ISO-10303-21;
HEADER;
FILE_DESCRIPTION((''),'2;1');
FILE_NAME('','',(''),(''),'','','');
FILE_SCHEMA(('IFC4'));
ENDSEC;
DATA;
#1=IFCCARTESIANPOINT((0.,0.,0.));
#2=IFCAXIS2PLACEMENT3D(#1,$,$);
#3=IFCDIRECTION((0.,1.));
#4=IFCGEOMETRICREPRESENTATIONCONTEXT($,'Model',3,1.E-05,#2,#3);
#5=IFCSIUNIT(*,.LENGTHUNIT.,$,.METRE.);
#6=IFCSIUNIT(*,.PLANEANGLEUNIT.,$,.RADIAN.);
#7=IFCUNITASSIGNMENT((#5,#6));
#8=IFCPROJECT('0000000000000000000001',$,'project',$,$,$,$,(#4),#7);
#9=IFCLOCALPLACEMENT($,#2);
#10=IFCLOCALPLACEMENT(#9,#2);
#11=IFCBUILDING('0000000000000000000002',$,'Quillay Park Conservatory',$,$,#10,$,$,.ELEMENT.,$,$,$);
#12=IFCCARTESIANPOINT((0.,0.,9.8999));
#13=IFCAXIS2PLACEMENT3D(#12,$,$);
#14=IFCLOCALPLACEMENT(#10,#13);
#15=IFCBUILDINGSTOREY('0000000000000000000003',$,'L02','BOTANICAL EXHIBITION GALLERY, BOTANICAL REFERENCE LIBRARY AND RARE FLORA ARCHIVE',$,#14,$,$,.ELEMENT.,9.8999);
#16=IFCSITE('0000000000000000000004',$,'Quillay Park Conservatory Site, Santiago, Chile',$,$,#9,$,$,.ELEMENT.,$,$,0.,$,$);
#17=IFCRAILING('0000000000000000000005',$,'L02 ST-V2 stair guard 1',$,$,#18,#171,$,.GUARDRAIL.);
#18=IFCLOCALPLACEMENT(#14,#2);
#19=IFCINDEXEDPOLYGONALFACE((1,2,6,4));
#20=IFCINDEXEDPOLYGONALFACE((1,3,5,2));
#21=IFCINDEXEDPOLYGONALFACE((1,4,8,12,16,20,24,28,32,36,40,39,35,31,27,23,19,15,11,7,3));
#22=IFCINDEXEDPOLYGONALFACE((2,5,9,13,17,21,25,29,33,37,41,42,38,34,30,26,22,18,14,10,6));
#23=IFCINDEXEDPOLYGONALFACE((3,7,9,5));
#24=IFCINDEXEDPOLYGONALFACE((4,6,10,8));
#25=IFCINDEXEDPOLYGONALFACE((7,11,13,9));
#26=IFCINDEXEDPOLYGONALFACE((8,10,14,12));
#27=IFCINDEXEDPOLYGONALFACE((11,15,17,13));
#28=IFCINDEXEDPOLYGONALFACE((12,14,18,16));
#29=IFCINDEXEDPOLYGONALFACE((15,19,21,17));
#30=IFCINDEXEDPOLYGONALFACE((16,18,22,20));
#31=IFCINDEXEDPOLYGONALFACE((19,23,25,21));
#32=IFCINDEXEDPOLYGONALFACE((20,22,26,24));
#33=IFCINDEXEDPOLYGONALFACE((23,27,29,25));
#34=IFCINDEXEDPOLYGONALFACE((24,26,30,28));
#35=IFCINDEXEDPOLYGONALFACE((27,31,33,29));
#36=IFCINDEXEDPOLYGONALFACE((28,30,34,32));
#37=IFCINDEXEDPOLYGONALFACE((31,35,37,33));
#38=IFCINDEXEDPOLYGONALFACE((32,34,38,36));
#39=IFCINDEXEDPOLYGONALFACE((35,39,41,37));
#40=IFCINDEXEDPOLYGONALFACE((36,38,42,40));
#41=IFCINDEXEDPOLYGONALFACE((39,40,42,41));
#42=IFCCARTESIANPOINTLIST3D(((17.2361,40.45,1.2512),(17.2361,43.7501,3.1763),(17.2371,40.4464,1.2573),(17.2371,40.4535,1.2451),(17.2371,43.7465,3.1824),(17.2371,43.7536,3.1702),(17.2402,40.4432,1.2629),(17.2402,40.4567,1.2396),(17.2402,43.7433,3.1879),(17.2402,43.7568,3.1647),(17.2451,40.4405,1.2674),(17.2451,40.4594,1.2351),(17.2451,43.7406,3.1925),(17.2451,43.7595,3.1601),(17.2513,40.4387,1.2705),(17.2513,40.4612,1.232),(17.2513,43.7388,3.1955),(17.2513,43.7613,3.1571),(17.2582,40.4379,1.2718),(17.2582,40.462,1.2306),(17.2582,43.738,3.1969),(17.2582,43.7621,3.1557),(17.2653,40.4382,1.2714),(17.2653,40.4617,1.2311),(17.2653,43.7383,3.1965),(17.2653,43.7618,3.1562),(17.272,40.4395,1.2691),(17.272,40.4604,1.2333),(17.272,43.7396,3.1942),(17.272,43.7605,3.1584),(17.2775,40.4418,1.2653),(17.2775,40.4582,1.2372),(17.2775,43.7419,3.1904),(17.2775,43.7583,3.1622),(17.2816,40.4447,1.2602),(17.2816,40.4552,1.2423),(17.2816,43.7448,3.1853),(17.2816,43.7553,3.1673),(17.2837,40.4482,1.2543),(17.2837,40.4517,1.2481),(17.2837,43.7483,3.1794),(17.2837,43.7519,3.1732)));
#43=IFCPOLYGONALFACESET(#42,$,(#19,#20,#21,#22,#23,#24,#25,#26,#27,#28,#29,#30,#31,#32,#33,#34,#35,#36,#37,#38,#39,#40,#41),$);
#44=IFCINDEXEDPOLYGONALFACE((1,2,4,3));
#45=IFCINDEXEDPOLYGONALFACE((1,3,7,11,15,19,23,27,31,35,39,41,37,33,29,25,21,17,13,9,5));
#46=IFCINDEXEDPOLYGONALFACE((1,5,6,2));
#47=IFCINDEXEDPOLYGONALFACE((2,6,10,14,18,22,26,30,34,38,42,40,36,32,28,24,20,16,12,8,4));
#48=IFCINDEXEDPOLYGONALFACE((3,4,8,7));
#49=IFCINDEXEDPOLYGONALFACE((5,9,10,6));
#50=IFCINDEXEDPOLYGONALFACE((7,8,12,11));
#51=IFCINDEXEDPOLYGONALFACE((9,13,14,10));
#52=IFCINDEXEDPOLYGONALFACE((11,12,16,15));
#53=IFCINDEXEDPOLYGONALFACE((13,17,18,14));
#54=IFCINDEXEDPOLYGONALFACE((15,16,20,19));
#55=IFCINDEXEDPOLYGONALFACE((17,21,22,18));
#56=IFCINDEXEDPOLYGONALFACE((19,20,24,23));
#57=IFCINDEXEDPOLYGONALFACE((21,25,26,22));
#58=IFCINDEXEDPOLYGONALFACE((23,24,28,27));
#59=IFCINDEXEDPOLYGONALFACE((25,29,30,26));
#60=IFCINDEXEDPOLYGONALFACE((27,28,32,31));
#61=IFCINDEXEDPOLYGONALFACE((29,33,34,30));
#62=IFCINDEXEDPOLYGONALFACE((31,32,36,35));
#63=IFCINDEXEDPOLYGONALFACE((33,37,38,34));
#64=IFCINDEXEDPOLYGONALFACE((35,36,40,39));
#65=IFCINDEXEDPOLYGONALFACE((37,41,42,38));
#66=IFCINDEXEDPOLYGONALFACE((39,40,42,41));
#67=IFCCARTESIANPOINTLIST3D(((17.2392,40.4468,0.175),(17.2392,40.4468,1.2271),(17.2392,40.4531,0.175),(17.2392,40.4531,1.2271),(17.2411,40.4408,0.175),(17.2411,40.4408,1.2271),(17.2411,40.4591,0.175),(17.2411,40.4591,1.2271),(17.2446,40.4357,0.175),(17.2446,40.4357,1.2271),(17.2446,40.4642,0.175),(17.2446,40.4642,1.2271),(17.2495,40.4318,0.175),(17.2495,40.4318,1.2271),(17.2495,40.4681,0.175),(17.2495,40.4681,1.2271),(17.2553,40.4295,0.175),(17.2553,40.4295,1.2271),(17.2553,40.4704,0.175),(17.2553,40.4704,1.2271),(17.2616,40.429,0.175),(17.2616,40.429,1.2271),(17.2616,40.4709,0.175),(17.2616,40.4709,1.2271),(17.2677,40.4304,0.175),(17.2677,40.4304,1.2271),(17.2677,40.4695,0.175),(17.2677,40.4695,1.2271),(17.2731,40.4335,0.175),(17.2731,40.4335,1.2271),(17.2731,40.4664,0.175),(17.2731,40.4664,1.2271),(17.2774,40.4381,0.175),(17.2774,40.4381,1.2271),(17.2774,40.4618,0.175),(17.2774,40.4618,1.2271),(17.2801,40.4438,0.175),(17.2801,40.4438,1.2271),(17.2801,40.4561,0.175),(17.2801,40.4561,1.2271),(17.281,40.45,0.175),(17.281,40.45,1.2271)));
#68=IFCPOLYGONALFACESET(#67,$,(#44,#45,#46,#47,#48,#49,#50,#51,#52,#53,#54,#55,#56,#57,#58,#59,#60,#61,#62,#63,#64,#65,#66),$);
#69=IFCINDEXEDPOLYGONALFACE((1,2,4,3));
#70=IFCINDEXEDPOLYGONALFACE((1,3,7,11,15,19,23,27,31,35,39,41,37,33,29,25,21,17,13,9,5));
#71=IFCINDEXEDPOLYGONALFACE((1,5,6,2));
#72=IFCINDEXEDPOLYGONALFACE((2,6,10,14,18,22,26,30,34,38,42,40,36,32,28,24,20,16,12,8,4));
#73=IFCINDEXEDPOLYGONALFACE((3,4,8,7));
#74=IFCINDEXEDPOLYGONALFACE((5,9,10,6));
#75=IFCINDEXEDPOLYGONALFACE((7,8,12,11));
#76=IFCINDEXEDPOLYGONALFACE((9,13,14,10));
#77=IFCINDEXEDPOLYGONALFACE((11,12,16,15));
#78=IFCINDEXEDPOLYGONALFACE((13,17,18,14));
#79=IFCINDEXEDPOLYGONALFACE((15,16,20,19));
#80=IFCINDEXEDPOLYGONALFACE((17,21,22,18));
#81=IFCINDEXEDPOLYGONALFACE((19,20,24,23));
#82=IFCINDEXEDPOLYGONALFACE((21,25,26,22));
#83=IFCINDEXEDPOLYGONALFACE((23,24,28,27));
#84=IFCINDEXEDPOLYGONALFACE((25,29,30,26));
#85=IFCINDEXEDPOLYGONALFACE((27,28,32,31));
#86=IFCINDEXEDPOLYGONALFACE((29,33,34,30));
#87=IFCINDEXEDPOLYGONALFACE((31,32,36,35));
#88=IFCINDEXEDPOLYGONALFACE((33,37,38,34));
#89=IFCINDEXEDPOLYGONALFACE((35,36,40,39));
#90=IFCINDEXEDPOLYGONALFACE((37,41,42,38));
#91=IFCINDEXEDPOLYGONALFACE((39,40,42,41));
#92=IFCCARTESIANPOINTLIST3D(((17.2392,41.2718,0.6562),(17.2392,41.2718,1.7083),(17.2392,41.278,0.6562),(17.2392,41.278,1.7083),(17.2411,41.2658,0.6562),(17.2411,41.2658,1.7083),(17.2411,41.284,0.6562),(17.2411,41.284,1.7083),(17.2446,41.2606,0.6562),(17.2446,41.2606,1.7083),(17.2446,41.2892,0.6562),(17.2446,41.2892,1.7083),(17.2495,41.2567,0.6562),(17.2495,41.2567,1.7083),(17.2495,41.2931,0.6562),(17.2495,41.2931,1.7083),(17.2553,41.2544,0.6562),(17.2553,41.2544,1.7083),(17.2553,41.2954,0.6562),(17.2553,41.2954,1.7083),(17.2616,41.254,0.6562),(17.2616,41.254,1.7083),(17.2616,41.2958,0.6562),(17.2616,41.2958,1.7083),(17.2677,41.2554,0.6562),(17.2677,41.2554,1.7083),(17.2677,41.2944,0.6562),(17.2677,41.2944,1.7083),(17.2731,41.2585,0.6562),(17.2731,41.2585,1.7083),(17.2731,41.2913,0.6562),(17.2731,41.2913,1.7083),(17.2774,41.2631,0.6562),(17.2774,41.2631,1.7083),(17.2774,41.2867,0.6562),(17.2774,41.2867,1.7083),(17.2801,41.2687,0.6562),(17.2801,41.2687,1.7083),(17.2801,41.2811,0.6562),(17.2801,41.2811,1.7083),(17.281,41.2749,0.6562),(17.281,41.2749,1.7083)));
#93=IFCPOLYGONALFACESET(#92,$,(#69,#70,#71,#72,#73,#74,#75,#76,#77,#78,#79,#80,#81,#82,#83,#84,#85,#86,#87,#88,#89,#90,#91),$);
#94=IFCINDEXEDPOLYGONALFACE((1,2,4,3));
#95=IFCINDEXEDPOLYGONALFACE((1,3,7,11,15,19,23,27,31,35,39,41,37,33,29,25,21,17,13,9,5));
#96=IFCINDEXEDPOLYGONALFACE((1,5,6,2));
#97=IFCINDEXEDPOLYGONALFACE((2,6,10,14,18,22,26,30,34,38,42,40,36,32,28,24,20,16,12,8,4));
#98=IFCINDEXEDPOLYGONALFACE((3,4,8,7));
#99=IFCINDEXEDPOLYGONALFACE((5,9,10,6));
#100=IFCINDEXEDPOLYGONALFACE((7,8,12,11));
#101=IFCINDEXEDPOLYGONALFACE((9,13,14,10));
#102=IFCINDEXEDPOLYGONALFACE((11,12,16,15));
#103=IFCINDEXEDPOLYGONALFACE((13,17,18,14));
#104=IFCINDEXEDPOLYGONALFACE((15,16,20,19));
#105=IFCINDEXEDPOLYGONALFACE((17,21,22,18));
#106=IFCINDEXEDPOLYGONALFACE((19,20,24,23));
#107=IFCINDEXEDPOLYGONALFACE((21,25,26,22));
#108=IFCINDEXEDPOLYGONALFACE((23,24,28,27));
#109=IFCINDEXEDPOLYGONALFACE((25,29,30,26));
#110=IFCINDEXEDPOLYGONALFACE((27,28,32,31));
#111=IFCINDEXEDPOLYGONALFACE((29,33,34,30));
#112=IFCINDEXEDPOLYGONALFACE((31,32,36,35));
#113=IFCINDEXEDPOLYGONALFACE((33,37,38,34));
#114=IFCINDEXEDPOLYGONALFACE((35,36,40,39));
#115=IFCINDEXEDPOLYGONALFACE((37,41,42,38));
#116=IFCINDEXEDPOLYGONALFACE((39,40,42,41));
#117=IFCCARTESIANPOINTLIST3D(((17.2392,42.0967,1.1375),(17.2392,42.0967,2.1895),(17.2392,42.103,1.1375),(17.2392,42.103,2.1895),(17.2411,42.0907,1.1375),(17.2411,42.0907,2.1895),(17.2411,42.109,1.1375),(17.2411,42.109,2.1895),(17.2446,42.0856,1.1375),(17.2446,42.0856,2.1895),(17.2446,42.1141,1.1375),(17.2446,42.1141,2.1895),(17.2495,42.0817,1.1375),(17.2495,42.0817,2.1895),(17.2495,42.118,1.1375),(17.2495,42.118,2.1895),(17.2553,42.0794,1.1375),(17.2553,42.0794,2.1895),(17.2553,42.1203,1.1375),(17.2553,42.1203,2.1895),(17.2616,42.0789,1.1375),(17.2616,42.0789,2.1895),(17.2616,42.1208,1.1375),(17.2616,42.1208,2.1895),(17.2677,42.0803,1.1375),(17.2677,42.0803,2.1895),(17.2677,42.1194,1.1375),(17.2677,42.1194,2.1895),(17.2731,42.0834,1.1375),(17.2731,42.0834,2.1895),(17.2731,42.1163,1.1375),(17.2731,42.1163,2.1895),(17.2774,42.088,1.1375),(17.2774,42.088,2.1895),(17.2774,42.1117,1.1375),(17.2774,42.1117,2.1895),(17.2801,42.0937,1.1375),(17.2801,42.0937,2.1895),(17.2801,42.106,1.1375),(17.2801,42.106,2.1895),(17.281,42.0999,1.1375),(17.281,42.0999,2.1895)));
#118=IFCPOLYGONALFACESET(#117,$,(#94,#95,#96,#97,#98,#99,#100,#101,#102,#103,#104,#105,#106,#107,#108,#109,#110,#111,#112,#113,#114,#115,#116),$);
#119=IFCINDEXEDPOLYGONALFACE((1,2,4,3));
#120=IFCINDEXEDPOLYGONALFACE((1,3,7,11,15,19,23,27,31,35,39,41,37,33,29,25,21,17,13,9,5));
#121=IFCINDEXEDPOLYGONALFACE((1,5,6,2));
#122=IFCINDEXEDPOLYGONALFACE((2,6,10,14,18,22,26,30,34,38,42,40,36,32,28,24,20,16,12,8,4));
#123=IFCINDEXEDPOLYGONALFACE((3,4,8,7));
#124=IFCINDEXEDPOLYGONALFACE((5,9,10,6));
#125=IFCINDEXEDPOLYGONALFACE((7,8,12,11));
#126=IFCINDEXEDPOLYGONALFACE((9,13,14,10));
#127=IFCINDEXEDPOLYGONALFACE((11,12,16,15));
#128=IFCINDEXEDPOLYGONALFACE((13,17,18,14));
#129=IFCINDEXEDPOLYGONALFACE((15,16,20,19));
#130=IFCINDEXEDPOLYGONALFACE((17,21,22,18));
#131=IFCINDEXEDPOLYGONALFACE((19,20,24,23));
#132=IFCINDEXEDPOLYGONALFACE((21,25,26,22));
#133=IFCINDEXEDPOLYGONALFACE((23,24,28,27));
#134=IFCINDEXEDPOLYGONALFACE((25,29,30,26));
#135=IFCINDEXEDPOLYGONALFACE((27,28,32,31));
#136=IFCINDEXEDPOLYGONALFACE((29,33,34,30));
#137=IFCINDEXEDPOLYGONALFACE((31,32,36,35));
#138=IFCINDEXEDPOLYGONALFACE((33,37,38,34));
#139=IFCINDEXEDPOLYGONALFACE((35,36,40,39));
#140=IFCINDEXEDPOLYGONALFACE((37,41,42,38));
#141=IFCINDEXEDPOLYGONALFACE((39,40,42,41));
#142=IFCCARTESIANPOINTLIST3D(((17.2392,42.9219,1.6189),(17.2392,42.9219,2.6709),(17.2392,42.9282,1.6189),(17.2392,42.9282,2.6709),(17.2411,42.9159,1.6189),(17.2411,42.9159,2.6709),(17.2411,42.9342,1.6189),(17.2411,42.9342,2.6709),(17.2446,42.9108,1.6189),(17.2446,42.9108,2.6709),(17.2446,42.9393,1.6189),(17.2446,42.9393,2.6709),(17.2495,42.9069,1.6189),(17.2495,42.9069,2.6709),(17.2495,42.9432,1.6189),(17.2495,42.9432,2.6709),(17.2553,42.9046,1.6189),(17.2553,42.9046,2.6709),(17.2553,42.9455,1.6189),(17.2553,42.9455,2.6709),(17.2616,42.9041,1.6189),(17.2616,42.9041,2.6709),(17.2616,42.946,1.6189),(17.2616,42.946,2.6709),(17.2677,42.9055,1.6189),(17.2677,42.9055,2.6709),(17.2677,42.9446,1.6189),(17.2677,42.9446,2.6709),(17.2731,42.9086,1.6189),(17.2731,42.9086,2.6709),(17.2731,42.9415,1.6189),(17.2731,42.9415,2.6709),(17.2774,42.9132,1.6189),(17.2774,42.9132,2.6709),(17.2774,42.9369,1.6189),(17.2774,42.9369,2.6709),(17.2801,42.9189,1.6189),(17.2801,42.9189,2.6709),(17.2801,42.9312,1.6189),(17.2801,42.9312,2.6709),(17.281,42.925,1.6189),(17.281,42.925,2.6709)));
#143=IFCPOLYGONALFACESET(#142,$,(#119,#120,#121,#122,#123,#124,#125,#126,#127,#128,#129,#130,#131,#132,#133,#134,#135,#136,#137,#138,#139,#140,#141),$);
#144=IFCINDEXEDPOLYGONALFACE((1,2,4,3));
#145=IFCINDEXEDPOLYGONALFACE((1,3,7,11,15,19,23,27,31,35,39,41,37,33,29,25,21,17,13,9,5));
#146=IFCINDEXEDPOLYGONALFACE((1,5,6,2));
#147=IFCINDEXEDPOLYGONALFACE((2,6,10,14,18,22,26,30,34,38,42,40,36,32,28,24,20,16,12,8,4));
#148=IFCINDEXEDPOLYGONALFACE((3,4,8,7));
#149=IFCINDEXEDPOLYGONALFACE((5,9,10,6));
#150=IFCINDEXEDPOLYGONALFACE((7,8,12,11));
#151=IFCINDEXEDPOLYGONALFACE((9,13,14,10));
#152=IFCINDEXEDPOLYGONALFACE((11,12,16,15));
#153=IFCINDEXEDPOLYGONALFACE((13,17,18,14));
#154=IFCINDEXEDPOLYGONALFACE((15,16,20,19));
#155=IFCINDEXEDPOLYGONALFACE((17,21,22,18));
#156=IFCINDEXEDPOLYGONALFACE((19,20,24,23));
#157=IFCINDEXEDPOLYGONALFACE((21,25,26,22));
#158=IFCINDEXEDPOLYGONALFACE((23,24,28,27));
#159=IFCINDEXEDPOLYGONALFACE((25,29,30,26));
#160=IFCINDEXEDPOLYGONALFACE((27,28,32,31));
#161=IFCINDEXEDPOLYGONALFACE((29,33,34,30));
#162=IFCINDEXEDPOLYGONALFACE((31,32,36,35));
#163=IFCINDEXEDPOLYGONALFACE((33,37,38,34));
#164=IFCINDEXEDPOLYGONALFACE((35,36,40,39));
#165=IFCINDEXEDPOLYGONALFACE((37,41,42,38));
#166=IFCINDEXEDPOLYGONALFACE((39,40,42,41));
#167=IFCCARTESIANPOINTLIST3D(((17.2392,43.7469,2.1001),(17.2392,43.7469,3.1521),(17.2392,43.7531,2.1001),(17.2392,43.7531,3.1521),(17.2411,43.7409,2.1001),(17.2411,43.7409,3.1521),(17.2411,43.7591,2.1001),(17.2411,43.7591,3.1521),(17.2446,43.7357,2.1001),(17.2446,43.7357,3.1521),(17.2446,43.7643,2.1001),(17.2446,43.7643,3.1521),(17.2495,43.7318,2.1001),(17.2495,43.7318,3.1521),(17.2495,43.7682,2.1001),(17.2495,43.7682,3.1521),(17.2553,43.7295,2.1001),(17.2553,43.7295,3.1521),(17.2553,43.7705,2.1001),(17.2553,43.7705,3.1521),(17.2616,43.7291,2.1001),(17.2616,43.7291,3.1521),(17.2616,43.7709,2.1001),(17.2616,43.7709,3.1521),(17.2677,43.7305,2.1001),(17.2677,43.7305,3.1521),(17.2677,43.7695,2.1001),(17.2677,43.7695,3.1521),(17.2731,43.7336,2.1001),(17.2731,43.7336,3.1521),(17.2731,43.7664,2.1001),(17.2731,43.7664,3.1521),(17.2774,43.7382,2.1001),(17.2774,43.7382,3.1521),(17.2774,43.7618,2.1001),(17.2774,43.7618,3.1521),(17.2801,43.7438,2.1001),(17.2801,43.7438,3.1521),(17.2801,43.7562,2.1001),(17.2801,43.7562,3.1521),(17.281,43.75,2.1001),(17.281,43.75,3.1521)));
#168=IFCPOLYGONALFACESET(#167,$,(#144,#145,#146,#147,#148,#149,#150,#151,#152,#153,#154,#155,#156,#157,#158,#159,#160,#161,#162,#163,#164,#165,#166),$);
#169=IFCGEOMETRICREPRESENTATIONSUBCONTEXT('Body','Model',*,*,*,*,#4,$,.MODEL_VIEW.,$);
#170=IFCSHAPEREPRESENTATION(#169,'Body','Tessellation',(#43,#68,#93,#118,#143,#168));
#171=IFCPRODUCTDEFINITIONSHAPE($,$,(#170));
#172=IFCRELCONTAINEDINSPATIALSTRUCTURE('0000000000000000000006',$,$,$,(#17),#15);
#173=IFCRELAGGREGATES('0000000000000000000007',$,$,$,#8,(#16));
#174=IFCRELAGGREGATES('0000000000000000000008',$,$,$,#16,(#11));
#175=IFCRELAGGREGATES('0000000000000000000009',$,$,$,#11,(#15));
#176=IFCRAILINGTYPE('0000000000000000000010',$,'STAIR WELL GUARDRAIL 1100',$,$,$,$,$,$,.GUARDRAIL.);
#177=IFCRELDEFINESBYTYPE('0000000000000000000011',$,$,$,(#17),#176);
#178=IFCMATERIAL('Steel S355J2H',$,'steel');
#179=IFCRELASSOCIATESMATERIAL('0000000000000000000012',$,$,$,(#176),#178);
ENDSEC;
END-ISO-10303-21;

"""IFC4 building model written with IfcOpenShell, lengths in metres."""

from ifc_helpers import new_model, si_unit, direction, frame, origin, origin_2d, place, context, subcontext, project, spatial, circle, extrude, material, type_object, element, save


model = new_model("IFC4")

# Units and contexts
model_context = context("Model", 3, precision=1e-05, world=origin(), true_north=direction((0.0, 1.0)))
body_context = subcontext(model_context, "Body", "Model", "MODEL_VIEW")
ifc_project = project(units=[si_unit("LENGTHUNIT", "METRE"), si_unit("PLANEANGLEUNIT", "RADIAN")], contexts=[model_context])

# Site, building, storey
site_placement = place(None, origin())
site = spatial("IfcSite", under=ifc_project, at=site_placement, Name="Quillay Park Conservatory Site, Santiago, Chile", CompositionType="ELEMENT", RefElevation=0.0)
building_placement = place(site_placement, origin())
building = spatial("IfcBuilding", under=site, at=building_placement, Name="Quillay Park Conservatory", CompositionType="ELEMENT")
storey_placement = place(building_placement, frame((0.0, 0.0, 9.8999)))
storey = spatial("IfcBuildingStorey", under=building, at=storey_placement, Name="L02", Description="BOTANICAL EXHIBITION GALLERY, BOTANICAL REFERENCE LIBRARY AND RARE FLORA ARCHIVE", CompositionType="ELEMENT", Elevation=9.8999)

# Railing
ifc_material_1 = material(Name="Steel S355J2H", Category="steel")
railing_type = type_object("IfcRailingType", Name="STAIR WELL GUARDRAIL 1100", PredefinedType="GUARDRAIL", material=ifc_material_1)
railing_1_placement = place(storey_placement, frame((17.26, 40.45, 0.175)))
element("IfcRailing", 1, at=railing_1_placement, inside=storey, type_object=railing_type, Name="L02 ST-V2 stair guard 1", PredefinedType="GUARDRAIL", context=body_context, shape_type="SweptSolid", body=[
    extrude(circle(Radius=0.0239, at=origin_2d()), frame((0.0, 0.0, 1.0762), z_axis=(0.0, 0.863777, 0.503875), x_axis=(-1.0, 0.0, 0.0)), (0.0, 0.0, 1.0), 3.8206),
    extrude(circle(Radius=0.021, at=origin_2d()), origin(), (0.0, 0.0, 1.0), 1.052),
    extrude(circle(Radius=0.021, at=origin_2d()), frame((0.0, 0.825, 0.4812)), (0.0, 0.0, 1.0), 1.052),
    extrude(circle(Radius=0.021, at=origin_2d()), frame((0.0, 1.6499, 0.9624)), (0.0, 0.0, 1.0), 1.052),
    extrude(circle(Radius=0.021, at=origin_2d()), frame((0.0, 2.4751, 1.4438)), (0.0, 0.0, 1.0), 1.052),
    extrude(circle(Radius=0.021, at=origin_2d()), frame((0.0, 3.3, 1.925)), (0.0, 0.0, 1.0), 1.052),
])

save(model, "model.ifc")
